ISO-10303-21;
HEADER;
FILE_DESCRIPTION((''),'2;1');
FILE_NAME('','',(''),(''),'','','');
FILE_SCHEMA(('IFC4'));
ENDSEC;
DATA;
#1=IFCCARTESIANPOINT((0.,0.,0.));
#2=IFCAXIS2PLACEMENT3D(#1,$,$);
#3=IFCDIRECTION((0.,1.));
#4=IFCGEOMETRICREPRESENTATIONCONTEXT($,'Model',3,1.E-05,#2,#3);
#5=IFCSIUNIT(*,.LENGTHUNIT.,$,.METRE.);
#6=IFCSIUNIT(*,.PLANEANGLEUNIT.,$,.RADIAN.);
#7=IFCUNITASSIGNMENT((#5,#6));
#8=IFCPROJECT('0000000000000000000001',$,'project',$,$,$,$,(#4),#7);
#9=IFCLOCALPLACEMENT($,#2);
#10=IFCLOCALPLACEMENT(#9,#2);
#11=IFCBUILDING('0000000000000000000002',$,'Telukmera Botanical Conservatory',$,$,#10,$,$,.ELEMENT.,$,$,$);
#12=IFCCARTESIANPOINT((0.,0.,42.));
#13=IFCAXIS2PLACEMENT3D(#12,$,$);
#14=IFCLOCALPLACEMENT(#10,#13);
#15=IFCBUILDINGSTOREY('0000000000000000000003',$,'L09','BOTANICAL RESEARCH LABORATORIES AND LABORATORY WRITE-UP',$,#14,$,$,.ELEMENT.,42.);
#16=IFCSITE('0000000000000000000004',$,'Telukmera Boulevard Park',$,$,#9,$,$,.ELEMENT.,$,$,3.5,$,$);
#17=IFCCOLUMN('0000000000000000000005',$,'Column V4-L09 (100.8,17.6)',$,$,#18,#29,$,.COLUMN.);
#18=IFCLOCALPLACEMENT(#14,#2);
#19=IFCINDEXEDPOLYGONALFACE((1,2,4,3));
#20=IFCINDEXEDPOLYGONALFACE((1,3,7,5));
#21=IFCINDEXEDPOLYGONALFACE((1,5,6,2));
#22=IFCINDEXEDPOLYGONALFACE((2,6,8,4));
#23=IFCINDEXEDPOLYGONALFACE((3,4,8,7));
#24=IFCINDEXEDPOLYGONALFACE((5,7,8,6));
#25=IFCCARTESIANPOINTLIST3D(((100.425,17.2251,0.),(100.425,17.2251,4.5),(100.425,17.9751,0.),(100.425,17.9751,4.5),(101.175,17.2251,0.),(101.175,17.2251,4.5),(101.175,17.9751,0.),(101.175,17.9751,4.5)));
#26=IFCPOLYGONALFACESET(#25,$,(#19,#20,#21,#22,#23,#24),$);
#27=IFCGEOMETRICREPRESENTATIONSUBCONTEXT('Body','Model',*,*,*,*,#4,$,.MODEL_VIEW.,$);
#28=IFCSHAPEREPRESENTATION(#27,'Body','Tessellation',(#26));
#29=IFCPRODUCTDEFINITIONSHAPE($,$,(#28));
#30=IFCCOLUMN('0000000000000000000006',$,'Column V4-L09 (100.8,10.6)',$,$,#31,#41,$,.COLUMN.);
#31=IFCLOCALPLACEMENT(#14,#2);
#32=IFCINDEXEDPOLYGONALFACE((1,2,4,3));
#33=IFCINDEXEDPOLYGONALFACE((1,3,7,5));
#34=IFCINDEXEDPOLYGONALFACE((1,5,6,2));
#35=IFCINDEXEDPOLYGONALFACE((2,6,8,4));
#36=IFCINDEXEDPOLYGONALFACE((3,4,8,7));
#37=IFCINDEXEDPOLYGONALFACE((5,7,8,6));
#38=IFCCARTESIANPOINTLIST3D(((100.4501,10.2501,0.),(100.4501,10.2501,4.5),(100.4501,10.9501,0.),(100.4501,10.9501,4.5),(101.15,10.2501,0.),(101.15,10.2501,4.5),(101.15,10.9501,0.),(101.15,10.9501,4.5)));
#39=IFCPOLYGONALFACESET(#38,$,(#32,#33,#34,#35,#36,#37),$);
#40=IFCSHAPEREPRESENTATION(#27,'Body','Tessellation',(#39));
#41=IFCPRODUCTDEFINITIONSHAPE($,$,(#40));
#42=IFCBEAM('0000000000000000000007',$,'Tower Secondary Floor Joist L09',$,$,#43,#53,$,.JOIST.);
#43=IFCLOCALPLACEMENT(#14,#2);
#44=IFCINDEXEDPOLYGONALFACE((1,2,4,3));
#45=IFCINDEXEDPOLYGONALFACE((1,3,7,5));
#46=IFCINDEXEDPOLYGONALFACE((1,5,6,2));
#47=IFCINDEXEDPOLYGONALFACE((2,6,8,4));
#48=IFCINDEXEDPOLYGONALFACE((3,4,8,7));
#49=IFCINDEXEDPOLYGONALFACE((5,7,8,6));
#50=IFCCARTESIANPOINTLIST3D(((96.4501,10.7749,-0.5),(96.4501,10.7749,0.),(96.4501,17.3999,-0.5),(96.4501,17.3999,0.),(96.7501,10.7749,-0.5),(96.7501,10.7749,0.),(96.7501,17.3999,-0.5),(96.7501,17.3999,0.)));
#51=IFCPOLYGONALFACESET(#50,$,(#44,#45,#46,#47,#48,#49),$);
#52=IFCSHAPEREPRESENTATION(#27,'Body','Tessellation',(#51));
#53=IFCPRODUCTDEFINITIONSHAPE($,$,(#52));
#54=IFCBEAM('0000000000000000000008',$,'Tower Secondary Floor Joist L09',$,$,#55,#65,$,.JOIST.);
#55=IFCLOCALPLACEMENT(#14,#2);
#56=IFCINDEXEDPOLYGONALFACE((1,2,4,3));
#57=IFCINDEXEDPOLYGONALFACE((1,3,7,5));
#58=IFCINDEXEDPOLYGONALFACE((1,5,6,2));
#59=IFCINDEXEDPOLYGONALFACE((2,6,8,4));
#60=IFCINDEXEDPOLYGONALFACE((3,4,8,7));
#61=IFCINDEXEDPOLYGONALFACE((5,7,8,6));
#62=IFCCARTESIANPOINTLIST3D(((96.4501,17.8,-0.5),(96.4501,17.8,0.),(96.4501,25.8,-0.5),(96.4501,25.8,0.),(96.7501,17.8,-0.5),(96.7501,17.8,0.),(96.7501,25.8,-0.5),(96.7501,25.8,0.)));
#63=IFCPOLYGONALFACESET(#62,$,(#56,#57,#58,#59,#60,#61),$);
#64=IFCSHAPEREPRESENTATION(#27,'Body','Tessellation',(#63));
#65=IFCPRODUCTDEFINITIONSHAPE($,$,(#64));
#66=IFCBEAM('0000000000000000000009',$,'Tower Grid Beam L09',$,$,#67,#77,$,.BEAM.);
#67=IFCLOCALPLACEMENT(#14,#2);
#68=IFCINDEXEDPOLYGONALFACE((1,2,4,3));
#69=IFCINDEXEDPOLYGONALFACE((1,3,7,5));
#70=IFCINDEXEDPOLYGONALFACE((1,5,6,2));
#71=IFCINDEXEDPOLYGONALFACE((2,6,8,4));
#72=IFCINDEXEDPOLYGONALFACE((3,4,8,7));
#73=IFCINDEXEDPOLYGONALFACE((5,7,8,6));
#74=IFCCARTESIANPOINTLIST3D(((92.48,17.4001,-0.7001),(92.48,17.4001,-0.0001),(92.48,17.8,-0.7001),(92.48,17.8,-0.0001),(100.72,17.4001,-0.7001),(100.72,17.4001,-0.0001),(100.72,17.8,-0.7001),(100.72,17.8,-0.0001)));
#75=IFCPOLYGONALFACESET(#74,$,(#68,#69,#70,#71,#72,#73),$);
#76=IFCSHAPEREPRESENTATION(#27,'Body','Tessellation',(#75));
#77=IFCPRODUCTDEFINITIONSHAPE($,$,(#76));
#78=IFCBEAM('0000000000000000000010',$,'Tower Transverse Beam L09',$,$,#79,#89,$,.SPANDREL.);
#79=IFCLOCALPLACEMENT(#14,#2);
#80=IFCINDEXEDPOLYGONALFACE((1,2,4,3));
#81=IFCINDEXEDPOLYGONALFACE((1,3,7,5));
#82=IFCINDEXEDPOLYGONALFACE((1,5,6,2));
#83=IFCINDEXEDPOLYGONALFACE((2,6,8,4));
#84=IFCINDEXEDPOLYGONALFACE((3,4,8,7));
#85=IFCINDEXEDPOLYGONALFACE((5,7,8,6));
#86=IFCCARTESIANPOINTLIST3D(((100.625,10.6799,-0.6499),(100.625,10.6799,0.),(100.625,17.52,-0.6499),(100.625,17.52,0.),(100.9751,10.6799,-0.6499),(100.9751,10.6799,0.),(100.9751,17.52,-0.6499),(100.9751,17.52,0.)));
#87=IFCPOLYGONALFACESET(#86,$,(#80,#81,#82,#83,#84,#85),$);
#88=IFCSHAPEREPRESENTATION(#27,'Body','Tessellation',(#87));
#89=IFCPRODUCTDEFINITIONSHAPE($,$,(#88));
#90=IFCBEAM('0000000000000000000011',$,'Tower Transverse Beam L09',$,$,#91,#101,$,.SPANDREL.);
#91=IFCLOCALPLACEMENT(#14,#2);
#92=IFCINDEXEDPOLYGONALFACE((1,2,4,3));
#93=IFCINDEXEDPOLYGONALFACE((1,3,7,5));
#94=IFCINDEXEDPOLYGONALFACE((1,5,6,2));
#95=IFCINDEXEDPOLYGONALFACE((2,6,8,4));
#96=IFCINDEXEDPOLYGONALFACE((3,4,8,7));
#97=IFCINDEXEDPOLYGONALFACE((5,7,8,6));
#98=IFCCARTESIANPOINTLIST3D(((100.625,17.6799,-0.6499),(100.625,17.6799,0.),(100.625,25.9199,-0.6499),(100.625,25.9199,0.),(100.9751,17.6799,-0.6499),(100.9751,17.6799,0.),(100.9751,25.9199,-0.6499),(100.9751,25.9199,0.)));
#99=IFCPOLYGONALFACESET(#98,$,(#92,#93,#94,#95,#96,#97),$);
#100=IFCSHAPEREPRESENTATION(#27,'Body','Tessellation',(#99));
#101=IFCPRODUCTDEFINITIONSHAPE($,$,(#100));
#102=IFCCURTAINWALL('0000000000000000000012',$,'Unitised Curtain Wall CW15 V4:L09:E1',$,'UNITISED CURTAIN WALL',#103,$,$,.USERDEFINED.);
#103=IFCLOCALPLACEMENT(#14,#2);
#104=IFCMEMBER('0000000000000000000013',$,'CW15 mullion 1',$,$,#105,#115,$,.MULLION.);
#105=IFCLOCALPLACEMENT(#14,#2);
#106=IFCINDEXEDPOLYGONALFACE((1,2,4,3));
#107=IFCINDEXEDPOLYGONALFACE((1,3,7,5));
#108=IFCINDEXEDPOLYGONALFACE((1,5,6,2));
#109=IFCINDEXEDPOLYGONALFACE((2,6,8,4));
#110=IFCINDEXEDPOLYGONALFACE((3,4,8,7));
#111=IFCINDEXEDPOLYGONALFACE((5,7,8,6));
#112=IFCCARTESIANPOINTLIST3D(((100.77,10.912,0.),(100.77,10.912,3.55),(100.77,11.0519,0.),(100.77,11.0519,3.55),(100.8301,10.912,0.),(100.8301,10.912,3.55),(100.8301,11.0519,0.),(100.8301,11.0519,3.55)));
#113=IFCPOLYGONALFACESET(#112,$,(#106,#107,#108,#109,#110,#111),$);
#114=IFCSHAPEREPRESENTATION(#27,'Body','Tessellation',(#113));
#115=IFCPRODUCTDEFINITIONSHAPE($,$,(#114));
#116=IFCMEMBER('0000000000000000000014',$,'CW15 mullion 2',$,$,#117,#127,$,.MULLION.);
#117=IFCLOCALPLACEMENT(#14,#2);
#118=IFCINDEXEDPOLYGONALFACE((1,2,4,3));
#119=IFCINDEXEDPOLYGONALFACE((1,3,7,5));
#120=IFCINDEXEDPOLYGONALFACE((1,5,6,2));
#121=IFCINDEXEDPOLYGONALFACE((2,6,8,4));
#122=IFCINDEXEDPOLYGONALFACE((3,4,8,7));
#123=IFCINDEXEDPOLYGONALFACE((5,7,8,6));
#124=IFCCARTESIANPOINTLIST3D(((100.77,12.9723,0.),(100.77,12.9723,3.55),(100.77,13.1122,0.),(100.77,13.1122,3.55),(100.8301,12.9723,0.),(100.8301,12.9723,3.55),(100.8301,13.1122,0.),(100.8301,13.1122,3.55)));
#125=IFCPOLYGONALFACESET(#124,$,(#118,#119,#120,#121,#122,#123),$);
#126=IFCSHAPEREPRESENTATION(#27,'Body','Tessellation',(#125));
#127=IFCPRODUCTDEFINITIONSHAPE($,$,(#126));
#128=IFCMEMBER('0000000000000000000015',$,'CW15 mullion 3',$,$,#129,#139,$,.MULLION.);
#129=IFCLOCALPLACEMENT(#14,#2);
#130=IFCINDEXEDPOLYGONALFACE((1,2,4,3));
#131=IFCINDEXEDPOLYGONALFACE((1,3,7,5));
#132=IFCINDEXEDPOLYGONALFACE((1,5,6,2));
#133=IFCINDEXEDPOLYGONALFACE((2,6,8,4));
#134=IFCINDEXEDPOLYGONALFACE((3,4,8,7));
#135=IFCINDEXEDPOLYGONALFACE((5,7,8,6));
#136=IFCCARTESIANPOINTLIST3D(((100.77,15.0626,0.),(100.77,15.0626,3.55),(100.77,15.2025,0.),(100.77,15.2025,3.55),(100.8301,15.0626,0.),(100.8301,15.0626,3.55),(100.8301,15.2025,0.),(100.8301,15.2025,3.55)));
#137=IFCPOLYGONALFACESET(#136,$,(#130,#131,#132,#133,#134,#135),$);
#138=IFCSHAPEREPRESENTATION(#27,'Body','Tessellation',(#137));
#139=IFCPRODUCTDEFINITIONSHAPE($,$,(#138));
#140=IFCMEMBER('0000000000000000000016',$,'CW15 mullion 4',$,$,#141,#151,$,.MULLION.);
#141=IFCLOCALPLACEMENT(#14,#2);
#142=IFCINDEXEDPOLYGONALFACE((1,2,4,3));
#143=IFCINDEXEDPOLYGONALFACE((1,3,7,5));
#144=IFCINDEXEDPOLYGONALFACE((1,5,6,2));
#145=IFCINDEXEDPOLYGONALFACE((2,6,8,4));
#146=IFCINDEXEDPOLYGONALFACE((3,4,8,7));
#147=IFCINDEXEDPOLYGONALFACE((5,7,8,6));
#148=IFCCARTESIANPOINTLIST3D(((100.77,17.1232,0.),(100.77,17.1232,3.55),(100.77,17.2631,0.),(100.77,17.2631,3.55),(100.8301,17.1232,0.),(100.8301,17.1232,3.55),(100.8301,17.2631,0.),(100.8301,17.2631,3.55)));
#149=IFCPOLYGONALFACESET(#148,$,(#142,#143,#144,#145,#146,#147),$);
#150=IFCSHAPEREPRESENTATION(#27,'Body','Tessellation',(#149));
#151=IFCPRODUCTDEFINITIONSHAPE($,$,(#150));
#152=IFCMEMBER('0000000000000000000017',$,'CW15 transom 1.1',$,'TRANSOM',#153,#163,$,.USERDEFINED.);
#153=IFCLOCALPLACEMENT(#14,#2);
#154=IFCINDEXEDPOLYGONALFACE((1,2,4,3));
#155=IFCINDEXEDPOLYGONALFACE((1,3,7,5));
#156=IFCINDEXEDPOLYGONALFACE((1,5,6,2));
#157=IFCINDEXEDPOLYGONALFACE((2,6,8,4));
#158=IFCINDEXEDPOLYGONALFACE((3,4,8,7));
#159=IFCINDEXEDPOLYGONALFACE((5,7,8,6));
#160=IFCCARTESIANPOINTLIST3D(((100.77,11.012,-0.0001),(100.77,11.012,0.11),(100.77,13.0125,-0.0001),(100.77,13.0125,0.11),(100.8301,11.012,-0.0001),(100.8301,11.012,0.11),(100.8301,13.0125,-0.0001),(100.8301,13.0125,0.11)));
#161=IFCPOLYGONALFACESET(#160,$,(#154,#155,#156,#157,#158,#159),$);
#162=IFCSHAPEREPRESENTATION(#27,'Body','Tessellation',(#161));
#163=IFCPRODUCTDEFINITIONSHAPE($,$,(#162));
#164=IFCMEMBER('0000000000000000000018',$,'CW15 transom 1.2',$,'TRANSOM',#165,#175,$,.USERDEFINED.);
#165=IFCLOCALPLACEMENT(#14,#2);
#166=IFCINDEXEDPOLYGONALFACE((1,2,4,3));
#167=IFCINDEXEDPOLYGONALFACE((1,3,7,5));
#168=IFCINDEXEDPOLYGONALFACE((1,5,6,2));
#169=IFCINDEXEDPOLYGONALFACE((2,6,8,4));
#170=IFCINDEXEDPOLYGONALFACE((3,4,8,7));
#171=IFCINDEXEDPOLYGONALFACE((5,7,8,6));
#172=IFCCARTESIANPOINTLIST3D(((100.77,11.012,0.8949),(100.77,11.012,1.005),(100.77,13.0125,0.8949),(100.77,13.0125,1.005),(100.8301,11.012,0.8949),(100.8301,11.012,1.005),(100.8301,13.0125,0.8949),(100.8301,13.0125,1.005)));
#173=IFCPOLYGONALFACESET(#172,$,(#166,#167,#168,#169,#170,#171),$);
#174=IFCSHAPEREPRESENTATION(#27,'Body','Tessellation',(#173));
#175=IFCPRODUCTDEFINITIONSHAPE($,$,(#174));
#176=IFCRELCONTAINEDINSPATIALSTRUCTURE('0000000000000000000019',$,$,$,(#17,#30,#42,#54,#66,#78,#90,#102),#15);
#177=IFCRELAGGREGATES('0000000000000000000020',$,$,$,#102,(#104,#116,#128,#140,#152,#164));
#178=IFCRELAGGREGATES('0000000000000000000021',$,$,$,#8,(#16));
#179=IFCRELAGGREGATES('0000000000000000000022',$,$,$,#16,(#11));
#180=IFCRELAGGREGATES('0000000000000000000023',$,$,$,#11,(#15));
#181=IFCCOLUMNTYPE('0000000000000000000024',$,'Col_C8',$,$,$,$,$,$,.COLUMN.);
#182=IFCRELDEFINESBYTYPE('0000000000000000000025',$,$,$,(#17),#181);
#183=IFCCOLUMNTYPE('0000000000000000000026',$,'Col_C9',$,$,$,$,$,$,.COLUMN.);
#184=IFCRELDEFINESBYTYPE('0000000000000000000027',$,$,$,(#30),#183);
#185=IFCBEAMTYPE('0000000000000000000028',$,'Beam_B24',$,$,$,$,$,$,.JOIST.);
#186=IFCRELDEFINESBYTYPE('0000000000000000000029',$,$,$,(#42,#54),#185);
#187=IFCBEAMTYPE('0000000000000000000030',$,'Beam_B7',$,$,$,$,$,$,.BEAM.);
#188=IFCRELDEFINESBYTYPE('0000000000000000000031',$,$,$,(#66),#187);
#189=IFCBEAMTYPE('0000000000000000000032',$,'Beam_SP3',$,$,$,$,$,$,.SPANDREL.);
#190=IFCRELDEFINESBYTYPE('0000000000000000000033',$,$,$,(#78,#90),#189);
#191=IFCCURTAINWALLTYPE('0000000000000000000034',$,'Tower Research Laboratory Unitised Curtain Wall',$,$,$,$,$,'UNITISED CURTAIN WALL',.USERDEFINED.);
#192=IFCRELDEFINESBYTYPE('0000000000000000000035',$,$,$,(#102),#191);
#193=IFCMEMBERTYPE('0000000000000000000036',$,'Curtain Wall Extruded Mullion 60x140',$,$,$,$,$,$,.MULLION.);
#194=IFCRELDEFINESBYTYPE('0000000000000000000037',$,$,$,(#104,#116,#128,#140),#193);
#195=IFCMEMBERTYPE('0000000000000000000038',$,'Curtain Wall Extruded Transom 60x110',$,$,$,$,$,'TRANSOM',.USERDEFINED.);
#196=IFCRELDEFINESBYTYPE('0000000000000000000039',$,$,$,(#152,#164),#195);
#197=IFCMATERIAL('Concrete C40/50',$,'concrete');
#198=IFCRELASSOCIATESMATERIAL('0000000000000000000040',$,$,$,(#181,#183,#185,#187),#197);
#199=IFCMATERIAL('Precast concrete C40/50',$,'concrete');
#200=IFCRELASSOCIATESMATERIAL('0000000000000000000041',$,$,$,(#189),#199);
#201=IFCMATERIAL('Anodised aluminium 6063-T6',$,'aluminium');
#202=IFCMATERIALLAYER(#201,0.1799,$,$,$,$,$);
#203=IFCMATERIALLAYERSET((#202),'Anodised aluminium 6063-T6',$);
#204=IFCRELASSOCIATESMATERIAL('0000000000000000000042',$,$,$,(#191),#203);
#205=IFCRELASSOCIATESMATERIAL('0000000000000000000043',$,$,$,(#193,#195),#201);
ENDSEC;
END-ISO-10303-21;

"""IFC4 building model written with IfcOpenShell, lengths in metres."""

from ifc_helpers import new_model, si_unit, direction, frame, origin, origin_2d, place, context, subcontext, project, spatial, rectangle, extrude, material, layer, layer_set, material_profile, profile_set, type_object, element, aggregate, save


model = new_model("IFC4")

# Units and contexts
model_context = context("Model", 3, precision=1e-05, world=origin(), true_north=direction((0.0, 1.0)))
body_context = subcontext(model_context, "Body", "Model", "MODEL_VIEW")
ifc_project = project(units=[si_unit("LENGTHUNIT", "METRE"), si_unit("PLANEANGLEUNIT", "RADIAN")], contexts=[model_context])

# Site, building, storey
site_placement = place(None, origin())
site = spatial("IfcSite", under=ifc_project, at=site_placement, Name="Telukmera Boulevard Park", CompositionType="ELEMENT", RefElevation=3.5)
building_placement = place(site_placement, origin())
building = spatial("IfcBuilding", under=site, at=building_placement, Name="Telukmera Botanical Conservatory", CompositionType="ELEMENT")
storey_placement = place(building_placement, frame((0.0, 0.0, 42.0)))
storey = spatial("IfcBuildingStorey", under=building, at=storey_placement, Name="L09", Description="BOTANICAL RESEARCH LABORATORIES AND LABORATORY WRITE-UP", CompositionType="ELEMENT", Elevation=42.0)

# Columns
ifc_material_1 = material(Name="Concrete C40/50", Category="concrete")
ifc_material_profile_1 = material_profile(ifc_material_1, rectangle(XDim=0.75, YDim=0.75, at=origin_2d()), Name="RC 750x750")
ifc_profile_set_1 = profile_set([ifc_material_profile_1], Name="Concrete C40/50")
column_type_1 = type_object("IfcColumnType", Name="Col_C8", PredefinedType="COLUMN", material=ifc_profile_set_1)
column_1_placement = place(storey_placement, frame((100.8, 17.6001, 0.0), z_axis=(0.0, 0.0, 1.0), x_axis=(1.0, 0.0, 0.0)))
element("IfcColumn", 1, at=column_1_placement, inside=storey, type_object=column_type_1, Name="Column V4-L09 (100.8,17.6)", PredefinedType="COLUMN", context=body_context, shape_type="SweptSolid", body=[
    extrude(rectangle(XDim=0.75, YDim=0.75, at=origin_2d()), origin(), (0.0, 0.0, 1.0), 4.5),
])
ifc_material_profile_2 = material_profile(ifc_material_1, rectangle(XDim=0.7, YDim=0.7, at=origin_2d()), Name="RC 700x700")
ifc_profile_set_2 = profile_set([ifc_material_profile_2], Name="Concrete C40/50")
column_type_2 = type_object("IfcColumnType", Name="Col_C9", PredefinedType="COLUMN", material=ifc_profile_set_2)
column_2_placement = place(storey_placement, frame((100.8, 10.6001, 0.0), z_axis=(0.0, 0.0, 1.0), x_axis=(1.0, 0.0, 0.0)))
element("IfcColumn", 2, at=column_2_placement, inside=storey, type_object=column_type_2, Name="Column V4-L09 (100.8,10.6)", PredefinedType="COLUMN", context=body_context, shape_type="SweptSolid", body=[
    extrude(rectangle(XDim=0.7, YDim=0.7, at=origin_2d()), origin(), (0.0, 0.0, 1.0), 4.5),
])

# Beams
ifc_material_profile_3 = material_profile(ifc_material_1, rectangle(XDim=0.3, YDim=0.5, at=origin_2d()), Name="RC 300x500")
ifc_profile_set_3 = profile_set([ifc_material_profile_3], Name="Concrete C40/50")
beam_type_1 = type_object("IfcBeamType", Name="Beam_B24", PredefinedType="JOIST", material=ifc_profile_set_3)
beam_1_placement = place(storey_placement, frame((96.6001, 10.7749, -0.25), z_axis=(0.0, 1.0, 0.0), x_axis=(-1.0, 0.0, 0.0)))
element("IfcBeam", 3, at=beam_1_placement, inside=storey, type_object=beam_type_1, Name="Tower Secondary Floor Joist L09", PredefinedType="JOIST", context=body_context, shape_type="SweptSolid", body=[
    extrude(rectangle(XDim=0.3, YDim=0.5, at=origin_2d()), origin(), (0.0, 0.0, 1.0), 6.625),
])
beam_2_placement = place(storey_placement, frame((96.6001, 17.8, -0.25), z_axis=(0.0, 1.0, 0.0), x_axis=(-1.0, 0.0, 0.0)))
element("IfcBeam", 4, at=beam_2_placement, inside=storey, type_object=beam_type_1, Name="Tower Secondary Floor Joist L09", PredefinedType="JOIST", context=body_context, shape_type="SweptSolid", body=[
    extrude(rectangle(XDim=0.3, YDim=0.5, at=origin_2d()), origin(), (0.0, 0.0, 1.0), 8.0),
])
ifc_material_profile_4 = material_profile(ifc_material_1, rectangle(XDim=0.3999, YDim=0.7, at=origin_2d()), Name="RC 400x700")
ifc_profile_set_4 = profile_set([ifc_material_profile_4], Name="Concrete C40/50")
beam_type_2 = type_object("IfcBeamType", Name="Beam_B7", PredefinedType="BEAM", material=ifc_profile_set_4)
beam_3_placement = place(storey_placement, frame((92.48, 17.6001, -0.3501), z_axis=(1.0, 0.0, 0.0), x_axis=(0.0, 1.0, 0.0)))
element("IfcBeam", 5, at=beam_3_placement, inside=storey, type_object=beam_type_2, Name="Tower Grid Beam L09", PredefinedType="BEAM", context=body_context, shape_type="SweptSolid", body=[
    extrude(rectangle(XDim=0.3999, YDim=0.7, at=origin_2d()), origin(), (0.0, 0.0, 1.0), 8.24),
])
ifc_material_2 = material(Name="Precast concrete C40/50", Category="concrete")
ifc_material_profile_5 = material_profile(ifc_material_2, rectangle(XDim=0.3501, YDim=0.6499, at=origin_2d()), Name="PC 350x650")
ifc_profile_set_5 = profile_set([ifc_material_profile_5], Name="Precast concrete C40/50")
beam_type_3 = type_object("IfcBeamType", Name="Beam_SP3", PredefinedType="SPANDREL", material=ifc_profile_set_5)
beam_4_placement = place(storey_placement, frame((100.8, 10.6799, -0.325), z_axis=(0.0, 1.0, 0.0), x_axis=(-1.0, 0.0, 0.0)))
element("IfcBeam", 6, at=beam_4_placement, inside=storey, type_object=beam_type_3, Name="Tower Transverse Beam L09", PredefinedType="SPANDREL", context=body_context, shape_type="SweptSolid", body=[
    extrude(rectangle(XDim=0.3501, YDim=0.6499, at=origin_2d()), origin(), (0.0, 0.0, 1.0), 6.8401),
])
beam_5_placement = place(storey_placement, frame((100.8, 17.6799, -0.325), z_axis=(0.0, 1.0, 0.0), x_axis=(-1.0, 0.0, 0.0)))
element("IfcBeam", 7, at=beam_5_placement, inside=storey, type_object=beam_type_3, Name="Tower Transverse Beam L09", PredefinedType="SPANDREL", context=body_context, shape_type="SweptSolid", body=[
    extrude(rectangle(XDim=0.3501, YDim=0.6499, at=origin_2d()), origin(), (0.0, 0.0, 1.0), 8.24),
])

# Curtain wall, members
ifc_material_3 = material(Name="Anodised aluminium 6063-T6", Category="aluminium")
ifc_layer_1 = layer(ifc_material_3, 0.1799)
ifc_layer_set_1 = layer_set([ifc_layer_1], Name="Anodised aluminium 6063-T6")
curtain_wall_type = type_object("IfcCurtainWallType", Name="Tower Research Laboratory Unitised Curtain Wall", ElementType="UNITISED CURTAIN WALL", PredefinedType="USERDEFINED", material=ifc_layer_set_1)
curtain_wall_placement = place(storey_placement, origin())
curtain_wall = element("IfcCurtainWall", 8, at=curtain_wall_placement, inside=storey, type_object=curtain_wall_type, Name="Unitised Curtain Wall CW15 V4:L09:E1", ObjectType="UNITISED CURTAIN WALL", PredefinedType="USERDEFINED")
ifc_material_profile_6 = material_profile(ifc_material_3, rectangle(XDim=0.0601, YDim=0.1399, at=origin_2d()), Name="ALU MULL 60x140")
ifc_profile_set_6 = profile_set([ifc_material_profile_6], Name="Anodised aluminium 6063-T6")
member_type_1 = type_object("IfcMemberType", Name="Curtain Wall Extruded Mullion 60x140", PredefinedType="MULLION", material=ifc_profile_set_6)
member_1_placement = place(storey_placement, frame((100.8, 10.9819, 0.0), z_axis=(0.0, 0.0, 1.0), x_axis=(-1.0, 0.0, 0.0)))
member_1 = element("IfcMember", 9, at=member_1_placement, type_object=member_type_1, Name="CW15 mullion 1", PredefinedType="MULLION", context=body_context, shape_type="SweptSolid", body=[
    extrude(rectangle(XDim=0.0601, YDim=0.1399, at=origin_2d()), origin(), (0.0, 0.0, 1.0), 3.55),
])
member_2_placement = place(storey_placement, frame((100.8, 13.0422, 0.0), z_axis=(0.0, 0.0, 1.0), x_axis=(-1.0, 0.0, 0.0)))
member_2 = element("IfcMember", 10, at=member_2_placement, type_object=member_type_1, Name="CW15 mullion 2", PredefinedType="MULLION", context=body_context, shape_type="SweptSolid", body=[
    extrude(rectangle(XDim=0.0601, YDim=0.1399, at=origin_2d()), origin(), (0.0, 0.0, 1.0), 3.55),
])
member_3_placement = place(storey_placement, frame((100.8, 15.1326, 0.0), z_axis=(0.0, 0.0, 1.0), x_axis=(-1.0, 0.0, 0.0)))
member_3 = element("IfcMember", 11, at=member_3_placement, type_object=member_type_1, Name="CW15 mullion 3", PredefinedType="MULLION", context=body_context, shape_type="SweptSolid", body=[
    extrude(rectangle(XDim=0.0601, YDim=0.1399, at=origin_2d()), origin(), (0.0, 0.0, 1.0), 3.55),
])
member_4_placement = place(storey_placement, frame((100.8, 17.1931, 0.0), z_axis=(0.0, 0.0, 1.0), x_axis=(-1.0, 0.0, 0.0)))
member_4 = element("IfcMember", 12, at=member_4_placement, type_object=member_type_1, Name="CW15 mullion 4", PredefinedType="MULLION", context=body_context, shape_type="SweptSolid", body=[
    extrude(rectangle(XDim=0.0601, YDim=0.1399, at=origin_2d()), origin(), (0.0, 0.0, 1.0), 3.55),
])
ifc_material_profile_7 = material_profile(ifc_material_3, rectangle(XDim=0.0601, YDim=0.1101, at=origin_2d()), Name="ALU TRAN 60x110")
ifc_profile_set_7 = profile_set([ifc_material_profile_7], Name="Anodised aluminium 6063-T6")
member_type_2 = type_object("IfcMemberType", Name="Curtain Wall Extruded Transom 60x110", ElementType="TRANSOM", PredefinedType="USERDEFINED", material=ifc_profile_set_7)
member_5_placement = place(storey_placement, frame((100.8, 11.012, 0.0549), z_axis=(0.0, 1.0, 0.0), x_axis=(-1.0, 0.0, 0.0)))
member_5 = element("IfcMember", 13, at=member_5_placement, type_object=member_type_2, Name="CW15 transom 1.1", ObjectType="TRANSOM", PredefinedType="USERDEFINED", context=body_context, shape_type="SweptSolid", body=[
    extrude(rectangle(XDim=0.0601, YDim=0.1101, at=origin_2d()), origin(), (0.0, 0.0, 1.0), 2.0005),
])
member_6_placement = place(storey_placement, frame((100.8, 11.012, 0.95), z_axis=(0.0, 1.0, 0.0), x_axis=(-1.0, 0.0, 0.0)))
member_6 = element("IfcMember", 14, at=member_6_placement, type_object=member_type_2, Name="CW15 transom 1.2", ObjectType="TRANSOM", PredefinedType="USERDEFINED", context=body_context, shape_type="SweptSolid", body=[
    extrude(rectangle(XDim=0.0601, YDim=0.1101, at=origin_2d()), origin(), (0.0, 0.0, 1.0), 2.0005),
])
aggregate(curtain_wall, [member_1, member_2, member_3, member_4, member_5, member_6])

save(model, "model.ifc")
